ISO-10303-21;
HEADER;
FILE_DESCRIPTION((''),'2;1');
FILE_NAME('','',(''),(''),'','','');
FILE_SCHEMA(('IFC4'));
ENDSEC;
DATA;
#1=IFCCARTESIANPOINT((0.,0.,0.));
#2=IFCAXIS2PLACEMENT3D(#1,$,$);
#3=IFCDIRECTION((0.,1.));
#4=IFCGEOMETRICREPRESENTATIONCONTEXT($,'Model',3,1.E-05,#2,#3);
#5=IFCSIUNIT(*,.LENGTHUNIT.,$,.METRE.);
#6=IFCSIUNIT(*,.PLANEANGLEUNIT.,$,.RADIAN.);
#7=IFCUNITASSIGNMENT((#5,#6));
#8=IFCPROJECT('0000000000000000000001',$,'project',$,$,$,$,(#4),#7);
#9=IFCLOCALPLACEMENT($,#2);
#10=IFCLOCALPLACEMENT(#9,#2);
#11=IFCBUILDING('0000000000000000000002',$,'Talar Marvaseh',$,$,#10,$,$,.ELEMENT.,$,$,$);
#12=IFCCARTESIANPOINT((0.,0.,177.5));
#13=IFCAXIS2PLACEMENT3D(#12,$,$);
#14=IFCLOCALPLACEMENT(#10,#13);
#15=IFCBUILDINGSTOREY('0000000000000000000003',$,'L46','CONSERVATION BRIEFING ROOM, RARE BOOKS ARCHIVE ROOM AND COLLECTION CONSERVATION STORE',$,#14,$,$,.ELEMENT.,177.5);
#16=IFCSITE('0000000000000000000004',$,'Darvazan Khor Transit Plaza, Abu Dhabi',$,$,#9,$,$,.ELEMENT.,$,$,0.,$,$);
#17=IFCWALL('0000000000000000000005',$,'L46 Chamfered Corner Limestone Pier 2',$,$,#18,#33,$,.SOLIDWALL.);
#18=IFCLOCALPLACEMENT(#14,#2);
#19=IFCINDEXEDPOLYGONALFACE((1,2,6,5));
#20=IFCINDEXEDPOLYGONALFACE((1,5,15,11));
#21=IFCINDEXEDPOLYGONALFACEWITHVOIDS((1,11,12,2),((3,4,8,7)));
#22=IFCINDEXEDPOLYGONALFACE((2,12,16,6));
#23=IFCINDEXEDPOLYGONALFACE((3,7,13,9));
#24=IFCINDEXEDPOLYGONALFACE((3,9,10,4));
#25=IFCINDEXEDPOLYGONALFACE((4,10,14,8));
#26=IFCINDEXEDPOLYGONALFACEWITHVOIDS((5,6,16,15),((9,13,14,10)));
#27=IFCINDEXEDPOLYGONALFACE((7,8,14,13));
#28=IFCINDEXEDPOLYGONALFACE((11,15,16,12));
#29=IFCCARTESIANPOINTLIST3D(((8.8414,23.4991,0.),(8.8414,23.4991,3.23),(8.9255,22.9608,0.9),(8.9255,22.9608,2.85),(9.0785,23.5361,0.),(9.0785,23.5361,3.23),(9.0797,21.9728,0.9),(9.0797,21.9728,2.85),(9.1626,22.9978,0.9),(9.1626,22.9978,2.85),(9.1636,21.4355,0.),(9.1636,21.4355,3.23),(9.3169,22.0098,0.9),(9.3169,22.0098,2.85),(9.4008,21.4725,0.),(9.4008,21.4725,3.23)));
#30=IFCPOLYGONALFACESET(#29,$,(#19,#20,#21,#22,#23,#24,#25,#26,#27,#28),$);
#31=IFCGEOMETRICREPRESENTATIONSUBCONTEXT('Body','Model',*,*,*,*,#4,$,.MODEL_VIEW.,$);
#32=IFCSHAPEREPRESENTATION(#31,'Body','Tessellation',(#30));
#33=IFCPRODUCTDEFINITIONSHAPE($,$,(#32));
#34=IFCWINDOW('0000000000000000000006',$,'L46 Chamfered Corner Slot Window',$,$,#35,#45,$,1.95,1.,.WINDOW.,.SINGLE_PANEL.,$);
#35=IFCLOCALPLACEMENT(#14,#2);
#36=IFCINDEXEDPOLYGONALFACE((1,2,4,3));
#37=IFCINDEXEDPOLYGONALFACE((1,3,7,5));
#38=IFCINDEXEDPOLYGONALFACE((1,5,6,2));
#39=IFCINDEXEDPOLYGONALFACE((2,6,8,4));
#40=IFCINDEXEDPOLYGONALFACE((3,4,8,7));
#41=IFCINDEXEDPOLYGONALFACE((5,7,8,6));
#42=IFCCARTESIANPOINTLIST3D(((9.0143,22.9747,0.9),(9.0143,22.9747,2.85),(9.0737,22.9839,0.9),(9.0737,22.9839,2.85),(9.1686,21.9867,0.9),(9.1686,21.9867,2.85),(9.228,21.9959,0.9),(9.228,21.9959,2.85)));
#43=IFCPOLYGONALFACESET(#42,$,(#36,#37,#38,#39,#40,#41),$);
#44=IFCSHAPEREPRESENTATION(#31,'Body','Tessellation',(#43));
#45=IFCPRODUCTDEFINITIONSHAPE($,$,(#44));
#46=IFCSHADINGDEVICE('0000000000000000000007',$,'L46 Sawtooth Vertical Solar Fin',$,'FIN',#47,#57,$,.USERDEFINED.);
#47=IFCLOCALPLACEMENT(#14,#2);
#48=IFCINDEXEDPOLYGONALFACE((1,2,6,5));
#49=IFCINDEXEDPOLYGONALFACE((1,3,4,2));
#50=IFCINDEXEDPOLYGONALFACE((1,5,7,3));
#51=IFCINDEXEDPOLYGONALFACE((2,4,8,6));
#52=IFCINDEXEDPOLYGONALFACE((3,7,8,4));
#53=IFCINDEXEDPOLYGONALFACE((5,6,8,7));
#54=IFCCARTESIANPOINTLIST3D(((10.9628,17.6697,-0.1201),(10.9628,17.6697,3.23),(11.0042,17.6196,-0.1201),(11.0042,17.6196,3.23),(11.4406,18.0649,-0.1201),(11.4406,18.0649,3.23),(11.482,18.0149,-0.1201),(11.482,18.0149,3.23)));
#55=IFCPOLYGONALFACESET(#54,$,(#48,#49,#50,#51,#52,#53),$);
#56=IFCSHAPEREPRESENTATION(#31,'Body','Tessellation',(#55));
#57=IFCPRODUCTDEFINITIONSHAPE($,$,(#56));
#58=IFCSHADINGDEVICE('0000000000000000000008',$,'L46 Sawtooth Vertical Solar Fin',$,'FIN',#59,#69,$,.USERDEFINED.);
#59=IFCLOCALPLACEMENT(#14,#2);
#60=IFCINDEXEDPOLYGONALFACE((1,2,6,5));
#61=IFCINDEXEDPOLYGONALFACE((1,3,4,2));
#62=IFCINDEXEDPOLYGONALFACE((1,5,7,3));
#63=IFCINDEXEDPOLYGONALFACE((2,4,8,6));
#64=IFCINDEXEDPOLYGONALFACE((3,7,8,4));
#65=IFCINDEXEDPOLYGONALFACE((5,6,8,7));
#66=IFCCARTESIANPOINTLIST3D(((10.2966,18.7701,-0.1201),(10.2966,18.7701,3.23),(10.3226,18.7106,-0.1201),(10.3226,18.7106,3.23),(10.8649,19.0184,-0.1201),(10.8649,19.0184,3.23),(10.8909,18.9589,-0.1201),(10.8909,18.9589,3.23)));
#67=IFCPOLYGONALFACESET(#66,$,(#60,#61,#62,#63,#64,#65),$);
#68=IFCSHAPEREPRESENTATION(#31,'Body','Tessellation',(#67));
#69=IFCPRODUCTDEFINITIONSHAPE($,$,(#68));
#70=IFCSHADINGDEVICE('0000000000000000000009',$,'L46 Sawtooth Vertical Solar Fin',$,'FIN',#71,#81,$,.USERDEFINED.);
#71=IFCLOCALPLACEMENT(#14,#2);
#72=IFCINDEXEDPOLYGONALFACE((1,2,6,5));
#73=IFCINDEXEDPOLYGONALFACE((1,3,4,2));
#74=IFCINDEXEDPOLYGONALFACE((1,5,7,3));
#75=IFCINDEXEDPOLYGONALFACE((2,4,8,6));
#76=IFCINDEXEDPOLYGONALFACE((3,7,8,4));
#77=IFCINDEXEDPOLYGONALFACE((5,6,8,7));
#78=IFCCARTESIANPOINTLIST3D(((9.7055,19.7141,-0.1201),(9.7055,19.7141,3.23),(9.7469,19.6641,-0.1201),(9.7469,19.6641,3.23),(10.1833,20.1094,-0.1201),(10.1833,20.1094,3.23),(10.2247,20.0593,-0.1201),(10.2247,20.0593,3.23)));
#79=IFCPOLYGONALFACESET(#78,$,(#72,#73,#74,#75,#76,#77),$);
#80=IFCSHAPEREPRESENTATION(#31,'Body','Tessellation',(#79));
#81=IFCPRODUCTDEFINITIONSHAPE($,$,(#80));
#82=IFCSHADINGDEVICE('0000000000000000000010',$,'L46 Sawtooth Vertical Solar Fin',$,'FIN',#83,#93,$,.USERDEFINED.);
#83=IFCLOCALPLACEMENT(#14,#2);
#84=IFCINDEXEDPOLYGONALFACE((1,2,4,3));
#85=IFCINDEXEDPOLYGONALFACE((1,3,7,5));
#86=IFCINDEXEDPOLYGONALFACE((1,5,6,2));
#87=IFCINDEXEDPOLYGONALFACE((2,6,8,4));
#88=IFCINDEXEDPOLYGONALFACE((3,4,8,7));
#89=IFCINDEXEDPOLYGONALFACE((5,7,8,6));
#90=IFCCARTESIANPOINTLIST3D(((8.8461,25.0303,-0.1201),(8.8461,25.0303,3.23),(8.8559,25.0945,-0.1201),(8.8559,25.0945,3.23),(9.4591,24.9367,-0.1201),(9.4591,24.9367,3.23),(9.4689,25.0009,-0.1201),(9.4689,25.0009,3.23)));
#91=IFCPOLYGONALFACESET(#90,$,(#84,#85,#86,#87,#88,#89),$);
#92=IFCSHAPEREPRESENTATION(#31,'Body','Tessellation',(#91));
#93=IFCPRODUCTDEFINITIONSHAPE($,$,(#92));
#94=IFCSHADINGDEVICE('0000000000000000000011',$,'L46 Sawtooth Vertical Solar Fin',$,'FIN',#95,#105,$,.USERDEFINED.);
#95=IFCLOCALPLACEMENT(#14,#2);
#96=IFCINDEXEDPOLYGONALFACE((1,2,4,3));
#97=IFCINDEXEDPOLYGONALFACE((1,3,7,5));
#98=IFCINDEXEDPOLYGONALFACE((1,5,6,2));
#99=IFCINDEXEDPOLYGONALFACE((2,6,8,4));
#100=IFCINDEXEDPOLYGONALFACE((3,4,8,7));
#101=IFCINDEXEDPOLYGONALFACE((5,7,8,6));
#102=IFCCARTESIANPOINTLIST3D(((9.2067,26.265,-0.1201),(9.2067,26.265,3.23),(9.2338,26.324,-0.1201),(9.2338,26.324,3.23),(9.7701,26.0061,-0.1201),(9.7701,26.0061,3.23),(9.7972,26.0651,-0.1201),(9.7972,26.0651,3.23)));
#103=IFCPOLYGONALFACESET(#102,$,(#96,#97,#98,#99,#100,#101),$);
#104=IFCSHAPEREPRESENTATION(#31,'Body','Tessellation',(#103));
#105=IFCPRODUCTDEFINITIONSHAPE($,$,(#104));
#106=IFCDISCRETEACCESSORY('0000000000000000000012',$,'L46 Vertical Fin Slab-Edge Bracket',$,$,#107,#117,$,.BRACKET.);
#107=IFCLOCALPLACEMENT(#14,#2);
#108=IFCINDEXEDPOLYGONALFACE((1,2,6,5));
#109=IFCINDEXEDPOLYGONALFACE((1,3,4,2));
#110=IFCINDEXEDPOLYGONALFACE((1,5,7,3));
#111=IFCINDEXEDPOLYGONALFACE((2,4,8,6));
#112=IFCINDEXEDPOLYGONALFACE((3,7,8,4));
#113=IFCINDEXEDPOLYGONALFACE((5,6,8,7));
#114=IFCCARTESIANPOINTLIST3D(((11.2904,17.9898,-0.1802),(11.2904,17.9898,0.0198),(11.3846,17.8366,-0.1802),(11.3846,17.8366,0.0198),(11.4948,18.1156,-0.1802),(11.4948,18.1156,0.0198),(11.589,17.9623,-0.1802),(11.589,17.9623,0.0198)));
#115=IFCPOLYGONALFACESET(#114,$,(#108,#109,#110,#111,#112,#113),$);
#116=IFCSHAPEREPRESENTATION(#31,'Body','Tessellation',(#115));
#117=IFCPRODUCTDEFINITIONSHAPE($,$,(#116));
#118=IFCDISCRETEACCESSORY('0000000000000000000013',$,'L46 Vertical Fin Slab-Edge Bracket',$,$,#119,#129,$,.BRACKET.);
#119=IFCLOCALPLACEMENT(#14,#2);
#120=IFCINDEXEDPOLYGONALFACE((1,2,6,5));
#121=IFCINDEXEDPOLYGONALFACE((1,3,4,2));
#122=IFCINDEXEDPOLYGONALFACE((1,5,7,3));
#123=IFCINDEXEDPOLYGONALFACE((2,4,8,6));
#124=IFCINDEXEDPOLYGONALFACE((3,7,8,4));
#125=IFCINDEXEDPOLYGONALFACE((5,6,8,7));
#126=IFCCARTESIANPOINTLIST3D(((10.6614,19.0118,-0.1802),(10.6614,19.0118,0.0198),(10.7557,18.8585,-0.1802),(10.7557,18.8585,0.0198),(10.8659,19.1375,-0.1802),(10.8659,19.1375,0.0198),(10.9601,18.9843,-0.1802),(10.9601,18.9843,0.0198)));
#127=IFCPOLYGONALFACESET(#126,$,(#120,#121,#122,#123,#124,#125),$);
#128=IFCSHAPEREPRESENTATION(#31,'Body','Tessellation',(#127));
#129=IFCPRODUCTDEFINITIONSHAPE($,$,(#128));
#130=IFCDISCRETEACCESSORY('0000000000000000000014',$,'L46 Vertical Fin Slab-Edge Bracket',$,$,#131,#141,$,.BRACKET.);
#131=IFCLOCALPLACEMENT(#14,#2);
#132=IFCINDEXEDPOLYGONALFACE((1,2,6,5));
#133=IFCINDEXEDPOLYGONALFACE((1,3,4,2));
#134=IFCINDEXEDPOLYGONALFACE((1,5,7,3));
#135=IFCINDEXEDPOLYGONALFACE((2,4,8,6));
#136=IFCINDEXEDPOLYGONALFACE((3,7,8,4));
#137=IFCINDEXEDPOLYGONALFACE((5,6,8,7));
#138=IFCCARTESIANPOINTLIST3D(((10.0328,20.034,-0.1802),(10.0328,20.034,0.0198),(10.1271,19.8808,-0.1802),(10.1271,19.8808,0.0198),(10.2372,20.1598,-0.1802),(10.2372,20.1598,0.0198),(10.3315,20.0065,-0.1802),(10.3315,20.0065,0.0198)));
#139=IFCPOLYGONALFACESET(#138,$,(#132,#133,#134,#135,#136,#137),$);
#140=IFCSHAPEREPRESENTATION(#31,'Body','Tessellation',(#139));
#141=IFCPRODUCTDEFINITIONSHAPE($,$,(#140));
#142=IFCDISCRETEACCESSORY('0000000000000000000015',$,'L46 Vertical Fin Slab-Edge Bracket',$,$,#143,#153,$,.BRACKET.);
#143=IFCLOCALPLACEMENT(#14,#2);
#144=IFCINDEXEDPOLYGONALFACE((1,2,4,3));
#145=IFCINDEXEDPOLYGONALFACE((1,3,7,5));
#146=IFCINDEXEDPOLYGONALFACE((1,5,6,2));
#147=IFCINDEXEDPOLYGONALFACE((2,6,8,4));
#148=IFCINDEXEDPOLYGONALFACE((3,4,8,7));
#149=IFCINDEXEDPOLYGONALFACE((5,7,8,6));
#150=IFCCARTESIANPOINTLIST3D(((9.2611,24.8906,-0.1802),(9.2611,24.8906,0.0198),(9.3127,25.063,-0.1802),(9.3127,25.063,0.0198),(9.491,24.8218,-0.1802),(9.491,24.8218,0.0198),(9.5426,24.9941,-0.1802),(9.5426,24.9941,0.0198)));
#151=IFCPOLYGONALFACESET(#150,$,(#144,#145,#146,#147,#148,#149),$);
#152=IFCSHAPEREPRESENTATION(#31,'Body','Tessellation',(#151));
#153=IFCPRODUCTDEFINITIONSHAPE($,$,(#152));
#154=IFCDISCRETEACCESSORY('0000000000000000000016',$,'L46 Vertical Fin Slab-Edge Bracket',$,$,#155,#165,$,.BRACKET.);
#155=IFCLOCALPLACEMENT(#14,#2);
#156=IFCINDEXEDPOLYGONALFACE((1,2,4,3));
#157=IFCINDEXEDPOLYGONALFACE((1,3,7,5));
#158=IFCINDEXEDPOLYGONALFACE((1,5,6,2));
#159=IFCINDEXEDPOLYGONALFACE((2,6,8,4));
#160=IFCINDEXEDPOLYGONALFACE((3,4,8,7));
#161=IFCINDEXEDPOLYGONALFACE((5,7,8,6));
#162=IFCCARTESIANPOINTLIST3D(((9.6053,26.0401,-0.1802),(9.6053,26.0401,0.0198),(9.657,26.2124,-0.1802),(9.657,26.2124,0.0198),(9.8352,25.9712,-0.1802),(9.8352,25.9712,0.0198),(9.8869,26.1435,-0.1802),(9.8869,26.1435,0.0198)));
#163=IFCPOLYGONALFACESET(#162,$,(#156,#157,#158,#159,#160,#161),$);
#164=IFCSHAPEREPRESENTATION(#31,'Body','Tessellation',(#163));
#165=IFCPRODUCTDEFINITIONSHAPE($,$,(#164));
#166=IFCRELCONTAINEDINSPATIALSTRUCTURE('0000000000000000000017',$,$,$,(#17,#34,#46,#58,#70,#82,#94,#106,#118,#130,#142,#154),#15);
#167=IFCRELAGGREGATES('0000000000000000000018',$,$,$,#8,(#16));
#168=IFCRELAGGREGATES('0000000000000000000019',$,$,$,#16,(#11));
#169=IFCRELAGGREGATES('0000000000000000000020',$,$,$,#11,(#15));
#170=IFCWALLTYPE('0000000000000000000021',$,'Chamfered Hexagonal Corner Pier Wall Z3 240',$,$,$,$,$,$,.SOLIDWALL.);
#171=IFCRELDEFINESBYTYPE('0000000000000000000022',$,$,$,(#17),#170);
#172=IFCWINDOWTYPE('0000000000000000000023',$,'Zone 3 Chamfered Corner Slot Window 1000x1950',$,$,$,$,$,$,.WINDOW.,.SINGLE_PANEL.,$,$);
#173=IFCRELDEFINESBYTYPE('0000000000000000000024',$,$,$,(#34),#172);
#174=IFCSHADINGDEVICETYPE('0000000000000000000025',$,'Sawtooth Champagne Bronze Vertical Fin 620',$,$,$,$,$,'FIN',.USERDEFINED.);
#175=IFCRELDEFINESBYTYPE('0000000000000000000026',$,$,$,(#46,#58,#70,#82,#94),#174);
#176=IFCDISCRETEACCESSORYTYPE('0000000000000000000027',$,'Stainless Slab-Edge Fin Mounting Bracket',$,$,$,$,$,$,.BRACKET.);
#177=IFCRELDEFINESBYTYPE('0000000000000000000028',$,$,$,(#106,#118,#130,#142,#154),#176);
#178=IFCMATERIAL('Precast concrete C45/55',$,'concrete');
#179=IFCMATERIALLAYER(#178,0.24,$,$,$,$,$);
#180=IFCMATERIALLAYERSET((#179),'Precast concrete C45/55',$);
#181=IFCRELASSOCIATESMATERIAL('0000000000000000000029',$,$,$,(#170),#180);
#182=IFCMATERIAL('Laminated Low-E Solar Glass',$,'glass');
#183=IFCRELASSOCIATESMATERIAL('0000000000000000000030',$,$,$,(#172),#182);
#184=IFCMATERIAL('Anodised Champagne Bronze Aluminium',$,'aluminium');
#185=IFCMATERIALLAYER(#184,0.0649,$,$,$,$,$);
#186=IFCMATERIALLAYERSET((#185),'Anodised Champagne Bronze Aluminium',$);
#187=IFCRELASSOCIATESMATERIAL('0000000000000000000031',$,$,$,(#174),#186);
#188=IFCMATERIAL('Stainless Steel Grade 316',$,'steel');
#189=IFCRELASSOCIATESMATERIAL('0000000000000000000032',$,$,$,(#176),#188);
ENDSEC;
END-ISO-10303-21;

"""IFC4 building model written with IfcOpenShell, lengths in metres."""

from ifc_helpers import new_model, si_unit, direction, frame, frame_2d, origin, origin_2d, place, context, subcontext, project, spatial, rectangle, extrude, source, transform, mapped, material, layer, layer_set, type_object, type_shapes, element, fill, save


model = new_model("IFC4")

# Units and contexts
model_context = context("Model", 3, precision=1e-05, world=origin(), true_north=direction((0.0, 1.0)))
body_context = subcontext(model_context, "Body", "Model", "MODEL_VIEW")
ifc_project = project(units=[si_unit("LENGTHUNIT", "METRE"), si_unit("PLANEANGLEUNIT", "RADIAN")], contexts=[model_context])

# Site, building, storey
site_placement = place(None, origin())
site = spatial("IfcSite", under=ifc_project, at=site_placement, Name="Darvazan Khor Transit Plaza, Abu Dhabi", CompositionType="ELEMENT", RefElevation=0.0)
building_placement = place(site_placement, origin())
building = spatial("IfcBuilding", under=site, at=building_placement, Name="Talar Marvaseh", CompositionType="ELEMENT")
storey_placement = place(building_placement, frame((0.0, 0.0, 177.5)))
storey = spatial("IfcBuildingStorey", under=building, at=storey_placement, Name="L46", Description="CONSERVATION BRIEFING ROOM, RARE BOOKS ARCHIVE ROOM AND COLLECTION CONSERVATION STORE", CompositionType="ELEMENT", Elevation=177.5)

# Shared definitions
ifc_material_1 = material(Name="Laminated Low-E Solar Glass", Category="glass")

# Wall, opening, window
ifc_material_2 = material(Name="Precast concrete C45/55", Category="concrete")
ifc_layer_1 = layer(ifc_material_2, 0.24)
ifc_layer_set_1 = layer_set([ifc_layer_1], Name="Precast concrete C45/55")
wall_type = type_object("IfcWallType", Name="Chamfered Hexagonal Corner Pier Wall Z3 240", PredefinedType="SOLIDWALL", material=ifc_layer_set_1)
wall_placement = place(storey_placement, frame((9.2822, 21.4539, 0.0), z_axis=(0.0, 0.0, 1.0), x_axis=(-0.154288, 0.988026, 0.0)))
wall = element("IfcWall", 1, at=wall_placement, inside=storey, type_object=wall_type, Name="L46 Chamfered Corner Limestone Pier 2", PredefinedType="SOLIDWALL", context=body_context, shape_type="SweptSolid", body=[
    extrude(rectangle(XDim=2.0886, YDim=0.24, at=frame_2d((1.0444, 0.0))), origin(), (0.0, 0.0, 1.0), 3.23),
])
opening_placement = place(wall_placement, frame((0.5439, 0.0, 0.8999)))
opening = element("IfcOpeningElement", 2, at=opening_placement, cuts=wall, PredefinedType="OPENING", context=body_context, shape_type="SweptSolid", body=[
    extrude(rectangle(XDim=1.0, YDim=1.95, at=frame_2d((0.5, 0.9751))), frame((0.0, 0.1299, 0.0), z_axis=(0.0, -1.0, 0.0), x_axis=(1.0, 0.0, 0.0)), (0.0, 0.0, 1.0), 0.26),
])
window_type = type_object("IfcWindowType", Name="Zone 3 Chamfered Corner Slot Window 1000x1950", PartitioningType="SINGLE_PANEL", PredefinedType="WINDOW", material=ifc_material_1)
shared_shape_1 = source(origin(), body_context, "Body", "SweptSolid", [
    extrude(rectangle(XDim=1.0, YDim=1.95, at=frame_2d((0.5, 0.9751))), frame((0.0, 0.03, 0.0), z_axis=(0.0, -1.0, 0.0), x_axis=(1.0, 0.0, 0.0)), (0.0, 0.0, 1.0), 0.0601),
])
type_shapes(window_type, [shared_shape_1])
window_placement = place(opening_placement, origin())
window = element("IfcWindow", 3, at=window_placement, inside=storey, type_object=window_type, Name="L46 Chamfered Corner Slot Window", OverallHeight=1.95, OverallWidth=1.0, PartitioningType="SINGLE_PANEL", PredefinedType="WINDOW", context=body_context, shape_type="MappedRepresentation", body=[
    mapped(shared_shape_1, transform((0.0, 0.0, 0.0), x_axis=(1.0, 0.0, 0.0), y_axis=(0.0, 1.0, 0.0), z_axis=(0.0, 0.0, 1.0), scale=1.0)),
])
fill(opening, window)

# Shading devices
ifc_material_3 = material(Name="Anodised Champagne Bronze Aluminium", Category="aluminium")
ifc_layer_2 = layer(ifc_material_3, 0.0649)
ifc_layer_set_2 = layer_set([ifc_layer_2], Name="Anodised Champagne Bronze Aluminium")
shading_device_type = type_object("IfcShadingDeviceType", Name="Sawtooth Champagne Bronze Vertical Fin 620", ElementType="FIN", PredefinedType="USERDEFINED", material=ifc_layer_set_2)
shared_shape_2 = source(origin(), body_context, "Body", "SweptSolid", [
    extrude(rectangle(XDim=0.6201, YDim=0.0649, at=origin_2d()), origin(), (0.0, 0.0, 1.0), 3.3501),
])
type_shapes(shading_device_type, [shared_shape_2])
for number, where, z_axis, x_axis, name in (
    (4, (11.2224, 17.8423, -0.1201), (0.0, 0.0, 1.0), (-0.770513, -0.637424, 0.0), "L46 Sawtooth Vertical Solar Fin"),
    (5, (10.5938, 18.8645, -0.1201), (0.0, 0.0, 1.0), (-0.916363, -0.400349, 0.0), "L46 Sawtooth Vertical Solar Fin"),
    (6, (9.9651, 19.8867, -0.1201), (0.0, 0.0, 1.0), (-0.770513, -0.637424, 0.0), "L46 Sawtooth Vertical Solar Fin"),
    (7, (9.1575, 25.0156, -0.1201), (0.0, 0.0, 1.0), (-0.988547, 0.150916, 0.0), "L46 Sawtooth Vertical Solar Fin"),
    (8, (9.502, 26.165, -0.1201), (0.0, 0.0, 1.0), (-0.908654, 0.41755, 0.0), "L46 Sawtooth Vertical Solar Fin"),
):
    element("IfcShadingDevice", number, at=place(storey_placement, frame(where, z_axis=z_axis, x_axis=x_axis)), inside=storey, type_object=shading_device_type, Name=name, ObjectType="FIN", PredefinedType="USERDEFINED", context=body_context, shape_type="MappedRepresentation", body=[
        mapped(shared_shape_2, transform((0.0, 0.0, 0.0), x_axis=(1.0, 0.0, 0.0), y_axis=(0.0, 1.0, 0.0), z_axis=(0.0, 0.0, 1.0), scale=1.0)),
    ])

# Discrete accessories
ifc_material_4 = material(Name="Stainless Steel Grade 316", Category="steel")
discrete_accessory_type = type_object("IfcDiscreteAccessoryType", Name="Stainless Slab-Edge Fin Mounting Bracket", PredefinedType="BRACKET", material=ifc_material_4)
shared_shape_3 = source(origin(), body_context, "Body", "SweptSolid", [
    extrude(rectangle(XDim=0.24, YDim=0.1799, at=origin_2d()), origin(), (0.0, 0.0, 1.0), 0.2),
])
type_shapes(discrete_accessory_type, [shared_shape_3])
for number, where, z_axis, x_axis, name in (
    (9, (11.4397, 17.9761, -0.1802), (0.0, 0.0, 1.0), (-0.851727, -0.523986, 0.0), "L46 Vertical Fin Slab-Edge Bracket"),
    (10, (10.8108, 18.998, -0.1802), (0.0, 0.0, 1.0), (-0.851727, -0.523986, 0.0), "L46 Vertical Fin Slab-Edge Bracket"),
    (11, (10.1821, 20.0203, -0.1802), (0.0, 0.0, 1.0), (-0.851727, -0.523986, 0.0), "L46 Vertical Fin Slab-Edge Bracket"),
    (12, (9.4019, 24.9424, -0.1802), (0.0, 0.0, 1.0), (-0.957923, 0.287026, 0.0), "L46 Vertical Fin Slab-Edge Bracket"),
    (13, (9.7461, 26.0918, -0.1802), (0.0, 0.0, 1.0), (-0.957923, 0.287026, 0.0), "L46 Vertical Fin Slab-Edge Bracket"),
):
    element("IfcDiscreteAccessory", number, at=place(storey_placement, frame(where, z_axis=z_axis, x_axis=x_axis)), inside=storey, type_object=discrete_accessory_type, Name=name, PredefinedType="BRACKET", context=body_context, shape_type="MappedRepresentation", body=[
        mapped(shared_shape_3, transform((0.0, 0.0, 0.0), x_axis=(1.0, 0.0, 0.0), y_axis=(0.0, 1.0, 0.0), z_axis=(0.0, 0.0, 1.0), scale=1.0)),
    ])

save(model, "model.ifc")
